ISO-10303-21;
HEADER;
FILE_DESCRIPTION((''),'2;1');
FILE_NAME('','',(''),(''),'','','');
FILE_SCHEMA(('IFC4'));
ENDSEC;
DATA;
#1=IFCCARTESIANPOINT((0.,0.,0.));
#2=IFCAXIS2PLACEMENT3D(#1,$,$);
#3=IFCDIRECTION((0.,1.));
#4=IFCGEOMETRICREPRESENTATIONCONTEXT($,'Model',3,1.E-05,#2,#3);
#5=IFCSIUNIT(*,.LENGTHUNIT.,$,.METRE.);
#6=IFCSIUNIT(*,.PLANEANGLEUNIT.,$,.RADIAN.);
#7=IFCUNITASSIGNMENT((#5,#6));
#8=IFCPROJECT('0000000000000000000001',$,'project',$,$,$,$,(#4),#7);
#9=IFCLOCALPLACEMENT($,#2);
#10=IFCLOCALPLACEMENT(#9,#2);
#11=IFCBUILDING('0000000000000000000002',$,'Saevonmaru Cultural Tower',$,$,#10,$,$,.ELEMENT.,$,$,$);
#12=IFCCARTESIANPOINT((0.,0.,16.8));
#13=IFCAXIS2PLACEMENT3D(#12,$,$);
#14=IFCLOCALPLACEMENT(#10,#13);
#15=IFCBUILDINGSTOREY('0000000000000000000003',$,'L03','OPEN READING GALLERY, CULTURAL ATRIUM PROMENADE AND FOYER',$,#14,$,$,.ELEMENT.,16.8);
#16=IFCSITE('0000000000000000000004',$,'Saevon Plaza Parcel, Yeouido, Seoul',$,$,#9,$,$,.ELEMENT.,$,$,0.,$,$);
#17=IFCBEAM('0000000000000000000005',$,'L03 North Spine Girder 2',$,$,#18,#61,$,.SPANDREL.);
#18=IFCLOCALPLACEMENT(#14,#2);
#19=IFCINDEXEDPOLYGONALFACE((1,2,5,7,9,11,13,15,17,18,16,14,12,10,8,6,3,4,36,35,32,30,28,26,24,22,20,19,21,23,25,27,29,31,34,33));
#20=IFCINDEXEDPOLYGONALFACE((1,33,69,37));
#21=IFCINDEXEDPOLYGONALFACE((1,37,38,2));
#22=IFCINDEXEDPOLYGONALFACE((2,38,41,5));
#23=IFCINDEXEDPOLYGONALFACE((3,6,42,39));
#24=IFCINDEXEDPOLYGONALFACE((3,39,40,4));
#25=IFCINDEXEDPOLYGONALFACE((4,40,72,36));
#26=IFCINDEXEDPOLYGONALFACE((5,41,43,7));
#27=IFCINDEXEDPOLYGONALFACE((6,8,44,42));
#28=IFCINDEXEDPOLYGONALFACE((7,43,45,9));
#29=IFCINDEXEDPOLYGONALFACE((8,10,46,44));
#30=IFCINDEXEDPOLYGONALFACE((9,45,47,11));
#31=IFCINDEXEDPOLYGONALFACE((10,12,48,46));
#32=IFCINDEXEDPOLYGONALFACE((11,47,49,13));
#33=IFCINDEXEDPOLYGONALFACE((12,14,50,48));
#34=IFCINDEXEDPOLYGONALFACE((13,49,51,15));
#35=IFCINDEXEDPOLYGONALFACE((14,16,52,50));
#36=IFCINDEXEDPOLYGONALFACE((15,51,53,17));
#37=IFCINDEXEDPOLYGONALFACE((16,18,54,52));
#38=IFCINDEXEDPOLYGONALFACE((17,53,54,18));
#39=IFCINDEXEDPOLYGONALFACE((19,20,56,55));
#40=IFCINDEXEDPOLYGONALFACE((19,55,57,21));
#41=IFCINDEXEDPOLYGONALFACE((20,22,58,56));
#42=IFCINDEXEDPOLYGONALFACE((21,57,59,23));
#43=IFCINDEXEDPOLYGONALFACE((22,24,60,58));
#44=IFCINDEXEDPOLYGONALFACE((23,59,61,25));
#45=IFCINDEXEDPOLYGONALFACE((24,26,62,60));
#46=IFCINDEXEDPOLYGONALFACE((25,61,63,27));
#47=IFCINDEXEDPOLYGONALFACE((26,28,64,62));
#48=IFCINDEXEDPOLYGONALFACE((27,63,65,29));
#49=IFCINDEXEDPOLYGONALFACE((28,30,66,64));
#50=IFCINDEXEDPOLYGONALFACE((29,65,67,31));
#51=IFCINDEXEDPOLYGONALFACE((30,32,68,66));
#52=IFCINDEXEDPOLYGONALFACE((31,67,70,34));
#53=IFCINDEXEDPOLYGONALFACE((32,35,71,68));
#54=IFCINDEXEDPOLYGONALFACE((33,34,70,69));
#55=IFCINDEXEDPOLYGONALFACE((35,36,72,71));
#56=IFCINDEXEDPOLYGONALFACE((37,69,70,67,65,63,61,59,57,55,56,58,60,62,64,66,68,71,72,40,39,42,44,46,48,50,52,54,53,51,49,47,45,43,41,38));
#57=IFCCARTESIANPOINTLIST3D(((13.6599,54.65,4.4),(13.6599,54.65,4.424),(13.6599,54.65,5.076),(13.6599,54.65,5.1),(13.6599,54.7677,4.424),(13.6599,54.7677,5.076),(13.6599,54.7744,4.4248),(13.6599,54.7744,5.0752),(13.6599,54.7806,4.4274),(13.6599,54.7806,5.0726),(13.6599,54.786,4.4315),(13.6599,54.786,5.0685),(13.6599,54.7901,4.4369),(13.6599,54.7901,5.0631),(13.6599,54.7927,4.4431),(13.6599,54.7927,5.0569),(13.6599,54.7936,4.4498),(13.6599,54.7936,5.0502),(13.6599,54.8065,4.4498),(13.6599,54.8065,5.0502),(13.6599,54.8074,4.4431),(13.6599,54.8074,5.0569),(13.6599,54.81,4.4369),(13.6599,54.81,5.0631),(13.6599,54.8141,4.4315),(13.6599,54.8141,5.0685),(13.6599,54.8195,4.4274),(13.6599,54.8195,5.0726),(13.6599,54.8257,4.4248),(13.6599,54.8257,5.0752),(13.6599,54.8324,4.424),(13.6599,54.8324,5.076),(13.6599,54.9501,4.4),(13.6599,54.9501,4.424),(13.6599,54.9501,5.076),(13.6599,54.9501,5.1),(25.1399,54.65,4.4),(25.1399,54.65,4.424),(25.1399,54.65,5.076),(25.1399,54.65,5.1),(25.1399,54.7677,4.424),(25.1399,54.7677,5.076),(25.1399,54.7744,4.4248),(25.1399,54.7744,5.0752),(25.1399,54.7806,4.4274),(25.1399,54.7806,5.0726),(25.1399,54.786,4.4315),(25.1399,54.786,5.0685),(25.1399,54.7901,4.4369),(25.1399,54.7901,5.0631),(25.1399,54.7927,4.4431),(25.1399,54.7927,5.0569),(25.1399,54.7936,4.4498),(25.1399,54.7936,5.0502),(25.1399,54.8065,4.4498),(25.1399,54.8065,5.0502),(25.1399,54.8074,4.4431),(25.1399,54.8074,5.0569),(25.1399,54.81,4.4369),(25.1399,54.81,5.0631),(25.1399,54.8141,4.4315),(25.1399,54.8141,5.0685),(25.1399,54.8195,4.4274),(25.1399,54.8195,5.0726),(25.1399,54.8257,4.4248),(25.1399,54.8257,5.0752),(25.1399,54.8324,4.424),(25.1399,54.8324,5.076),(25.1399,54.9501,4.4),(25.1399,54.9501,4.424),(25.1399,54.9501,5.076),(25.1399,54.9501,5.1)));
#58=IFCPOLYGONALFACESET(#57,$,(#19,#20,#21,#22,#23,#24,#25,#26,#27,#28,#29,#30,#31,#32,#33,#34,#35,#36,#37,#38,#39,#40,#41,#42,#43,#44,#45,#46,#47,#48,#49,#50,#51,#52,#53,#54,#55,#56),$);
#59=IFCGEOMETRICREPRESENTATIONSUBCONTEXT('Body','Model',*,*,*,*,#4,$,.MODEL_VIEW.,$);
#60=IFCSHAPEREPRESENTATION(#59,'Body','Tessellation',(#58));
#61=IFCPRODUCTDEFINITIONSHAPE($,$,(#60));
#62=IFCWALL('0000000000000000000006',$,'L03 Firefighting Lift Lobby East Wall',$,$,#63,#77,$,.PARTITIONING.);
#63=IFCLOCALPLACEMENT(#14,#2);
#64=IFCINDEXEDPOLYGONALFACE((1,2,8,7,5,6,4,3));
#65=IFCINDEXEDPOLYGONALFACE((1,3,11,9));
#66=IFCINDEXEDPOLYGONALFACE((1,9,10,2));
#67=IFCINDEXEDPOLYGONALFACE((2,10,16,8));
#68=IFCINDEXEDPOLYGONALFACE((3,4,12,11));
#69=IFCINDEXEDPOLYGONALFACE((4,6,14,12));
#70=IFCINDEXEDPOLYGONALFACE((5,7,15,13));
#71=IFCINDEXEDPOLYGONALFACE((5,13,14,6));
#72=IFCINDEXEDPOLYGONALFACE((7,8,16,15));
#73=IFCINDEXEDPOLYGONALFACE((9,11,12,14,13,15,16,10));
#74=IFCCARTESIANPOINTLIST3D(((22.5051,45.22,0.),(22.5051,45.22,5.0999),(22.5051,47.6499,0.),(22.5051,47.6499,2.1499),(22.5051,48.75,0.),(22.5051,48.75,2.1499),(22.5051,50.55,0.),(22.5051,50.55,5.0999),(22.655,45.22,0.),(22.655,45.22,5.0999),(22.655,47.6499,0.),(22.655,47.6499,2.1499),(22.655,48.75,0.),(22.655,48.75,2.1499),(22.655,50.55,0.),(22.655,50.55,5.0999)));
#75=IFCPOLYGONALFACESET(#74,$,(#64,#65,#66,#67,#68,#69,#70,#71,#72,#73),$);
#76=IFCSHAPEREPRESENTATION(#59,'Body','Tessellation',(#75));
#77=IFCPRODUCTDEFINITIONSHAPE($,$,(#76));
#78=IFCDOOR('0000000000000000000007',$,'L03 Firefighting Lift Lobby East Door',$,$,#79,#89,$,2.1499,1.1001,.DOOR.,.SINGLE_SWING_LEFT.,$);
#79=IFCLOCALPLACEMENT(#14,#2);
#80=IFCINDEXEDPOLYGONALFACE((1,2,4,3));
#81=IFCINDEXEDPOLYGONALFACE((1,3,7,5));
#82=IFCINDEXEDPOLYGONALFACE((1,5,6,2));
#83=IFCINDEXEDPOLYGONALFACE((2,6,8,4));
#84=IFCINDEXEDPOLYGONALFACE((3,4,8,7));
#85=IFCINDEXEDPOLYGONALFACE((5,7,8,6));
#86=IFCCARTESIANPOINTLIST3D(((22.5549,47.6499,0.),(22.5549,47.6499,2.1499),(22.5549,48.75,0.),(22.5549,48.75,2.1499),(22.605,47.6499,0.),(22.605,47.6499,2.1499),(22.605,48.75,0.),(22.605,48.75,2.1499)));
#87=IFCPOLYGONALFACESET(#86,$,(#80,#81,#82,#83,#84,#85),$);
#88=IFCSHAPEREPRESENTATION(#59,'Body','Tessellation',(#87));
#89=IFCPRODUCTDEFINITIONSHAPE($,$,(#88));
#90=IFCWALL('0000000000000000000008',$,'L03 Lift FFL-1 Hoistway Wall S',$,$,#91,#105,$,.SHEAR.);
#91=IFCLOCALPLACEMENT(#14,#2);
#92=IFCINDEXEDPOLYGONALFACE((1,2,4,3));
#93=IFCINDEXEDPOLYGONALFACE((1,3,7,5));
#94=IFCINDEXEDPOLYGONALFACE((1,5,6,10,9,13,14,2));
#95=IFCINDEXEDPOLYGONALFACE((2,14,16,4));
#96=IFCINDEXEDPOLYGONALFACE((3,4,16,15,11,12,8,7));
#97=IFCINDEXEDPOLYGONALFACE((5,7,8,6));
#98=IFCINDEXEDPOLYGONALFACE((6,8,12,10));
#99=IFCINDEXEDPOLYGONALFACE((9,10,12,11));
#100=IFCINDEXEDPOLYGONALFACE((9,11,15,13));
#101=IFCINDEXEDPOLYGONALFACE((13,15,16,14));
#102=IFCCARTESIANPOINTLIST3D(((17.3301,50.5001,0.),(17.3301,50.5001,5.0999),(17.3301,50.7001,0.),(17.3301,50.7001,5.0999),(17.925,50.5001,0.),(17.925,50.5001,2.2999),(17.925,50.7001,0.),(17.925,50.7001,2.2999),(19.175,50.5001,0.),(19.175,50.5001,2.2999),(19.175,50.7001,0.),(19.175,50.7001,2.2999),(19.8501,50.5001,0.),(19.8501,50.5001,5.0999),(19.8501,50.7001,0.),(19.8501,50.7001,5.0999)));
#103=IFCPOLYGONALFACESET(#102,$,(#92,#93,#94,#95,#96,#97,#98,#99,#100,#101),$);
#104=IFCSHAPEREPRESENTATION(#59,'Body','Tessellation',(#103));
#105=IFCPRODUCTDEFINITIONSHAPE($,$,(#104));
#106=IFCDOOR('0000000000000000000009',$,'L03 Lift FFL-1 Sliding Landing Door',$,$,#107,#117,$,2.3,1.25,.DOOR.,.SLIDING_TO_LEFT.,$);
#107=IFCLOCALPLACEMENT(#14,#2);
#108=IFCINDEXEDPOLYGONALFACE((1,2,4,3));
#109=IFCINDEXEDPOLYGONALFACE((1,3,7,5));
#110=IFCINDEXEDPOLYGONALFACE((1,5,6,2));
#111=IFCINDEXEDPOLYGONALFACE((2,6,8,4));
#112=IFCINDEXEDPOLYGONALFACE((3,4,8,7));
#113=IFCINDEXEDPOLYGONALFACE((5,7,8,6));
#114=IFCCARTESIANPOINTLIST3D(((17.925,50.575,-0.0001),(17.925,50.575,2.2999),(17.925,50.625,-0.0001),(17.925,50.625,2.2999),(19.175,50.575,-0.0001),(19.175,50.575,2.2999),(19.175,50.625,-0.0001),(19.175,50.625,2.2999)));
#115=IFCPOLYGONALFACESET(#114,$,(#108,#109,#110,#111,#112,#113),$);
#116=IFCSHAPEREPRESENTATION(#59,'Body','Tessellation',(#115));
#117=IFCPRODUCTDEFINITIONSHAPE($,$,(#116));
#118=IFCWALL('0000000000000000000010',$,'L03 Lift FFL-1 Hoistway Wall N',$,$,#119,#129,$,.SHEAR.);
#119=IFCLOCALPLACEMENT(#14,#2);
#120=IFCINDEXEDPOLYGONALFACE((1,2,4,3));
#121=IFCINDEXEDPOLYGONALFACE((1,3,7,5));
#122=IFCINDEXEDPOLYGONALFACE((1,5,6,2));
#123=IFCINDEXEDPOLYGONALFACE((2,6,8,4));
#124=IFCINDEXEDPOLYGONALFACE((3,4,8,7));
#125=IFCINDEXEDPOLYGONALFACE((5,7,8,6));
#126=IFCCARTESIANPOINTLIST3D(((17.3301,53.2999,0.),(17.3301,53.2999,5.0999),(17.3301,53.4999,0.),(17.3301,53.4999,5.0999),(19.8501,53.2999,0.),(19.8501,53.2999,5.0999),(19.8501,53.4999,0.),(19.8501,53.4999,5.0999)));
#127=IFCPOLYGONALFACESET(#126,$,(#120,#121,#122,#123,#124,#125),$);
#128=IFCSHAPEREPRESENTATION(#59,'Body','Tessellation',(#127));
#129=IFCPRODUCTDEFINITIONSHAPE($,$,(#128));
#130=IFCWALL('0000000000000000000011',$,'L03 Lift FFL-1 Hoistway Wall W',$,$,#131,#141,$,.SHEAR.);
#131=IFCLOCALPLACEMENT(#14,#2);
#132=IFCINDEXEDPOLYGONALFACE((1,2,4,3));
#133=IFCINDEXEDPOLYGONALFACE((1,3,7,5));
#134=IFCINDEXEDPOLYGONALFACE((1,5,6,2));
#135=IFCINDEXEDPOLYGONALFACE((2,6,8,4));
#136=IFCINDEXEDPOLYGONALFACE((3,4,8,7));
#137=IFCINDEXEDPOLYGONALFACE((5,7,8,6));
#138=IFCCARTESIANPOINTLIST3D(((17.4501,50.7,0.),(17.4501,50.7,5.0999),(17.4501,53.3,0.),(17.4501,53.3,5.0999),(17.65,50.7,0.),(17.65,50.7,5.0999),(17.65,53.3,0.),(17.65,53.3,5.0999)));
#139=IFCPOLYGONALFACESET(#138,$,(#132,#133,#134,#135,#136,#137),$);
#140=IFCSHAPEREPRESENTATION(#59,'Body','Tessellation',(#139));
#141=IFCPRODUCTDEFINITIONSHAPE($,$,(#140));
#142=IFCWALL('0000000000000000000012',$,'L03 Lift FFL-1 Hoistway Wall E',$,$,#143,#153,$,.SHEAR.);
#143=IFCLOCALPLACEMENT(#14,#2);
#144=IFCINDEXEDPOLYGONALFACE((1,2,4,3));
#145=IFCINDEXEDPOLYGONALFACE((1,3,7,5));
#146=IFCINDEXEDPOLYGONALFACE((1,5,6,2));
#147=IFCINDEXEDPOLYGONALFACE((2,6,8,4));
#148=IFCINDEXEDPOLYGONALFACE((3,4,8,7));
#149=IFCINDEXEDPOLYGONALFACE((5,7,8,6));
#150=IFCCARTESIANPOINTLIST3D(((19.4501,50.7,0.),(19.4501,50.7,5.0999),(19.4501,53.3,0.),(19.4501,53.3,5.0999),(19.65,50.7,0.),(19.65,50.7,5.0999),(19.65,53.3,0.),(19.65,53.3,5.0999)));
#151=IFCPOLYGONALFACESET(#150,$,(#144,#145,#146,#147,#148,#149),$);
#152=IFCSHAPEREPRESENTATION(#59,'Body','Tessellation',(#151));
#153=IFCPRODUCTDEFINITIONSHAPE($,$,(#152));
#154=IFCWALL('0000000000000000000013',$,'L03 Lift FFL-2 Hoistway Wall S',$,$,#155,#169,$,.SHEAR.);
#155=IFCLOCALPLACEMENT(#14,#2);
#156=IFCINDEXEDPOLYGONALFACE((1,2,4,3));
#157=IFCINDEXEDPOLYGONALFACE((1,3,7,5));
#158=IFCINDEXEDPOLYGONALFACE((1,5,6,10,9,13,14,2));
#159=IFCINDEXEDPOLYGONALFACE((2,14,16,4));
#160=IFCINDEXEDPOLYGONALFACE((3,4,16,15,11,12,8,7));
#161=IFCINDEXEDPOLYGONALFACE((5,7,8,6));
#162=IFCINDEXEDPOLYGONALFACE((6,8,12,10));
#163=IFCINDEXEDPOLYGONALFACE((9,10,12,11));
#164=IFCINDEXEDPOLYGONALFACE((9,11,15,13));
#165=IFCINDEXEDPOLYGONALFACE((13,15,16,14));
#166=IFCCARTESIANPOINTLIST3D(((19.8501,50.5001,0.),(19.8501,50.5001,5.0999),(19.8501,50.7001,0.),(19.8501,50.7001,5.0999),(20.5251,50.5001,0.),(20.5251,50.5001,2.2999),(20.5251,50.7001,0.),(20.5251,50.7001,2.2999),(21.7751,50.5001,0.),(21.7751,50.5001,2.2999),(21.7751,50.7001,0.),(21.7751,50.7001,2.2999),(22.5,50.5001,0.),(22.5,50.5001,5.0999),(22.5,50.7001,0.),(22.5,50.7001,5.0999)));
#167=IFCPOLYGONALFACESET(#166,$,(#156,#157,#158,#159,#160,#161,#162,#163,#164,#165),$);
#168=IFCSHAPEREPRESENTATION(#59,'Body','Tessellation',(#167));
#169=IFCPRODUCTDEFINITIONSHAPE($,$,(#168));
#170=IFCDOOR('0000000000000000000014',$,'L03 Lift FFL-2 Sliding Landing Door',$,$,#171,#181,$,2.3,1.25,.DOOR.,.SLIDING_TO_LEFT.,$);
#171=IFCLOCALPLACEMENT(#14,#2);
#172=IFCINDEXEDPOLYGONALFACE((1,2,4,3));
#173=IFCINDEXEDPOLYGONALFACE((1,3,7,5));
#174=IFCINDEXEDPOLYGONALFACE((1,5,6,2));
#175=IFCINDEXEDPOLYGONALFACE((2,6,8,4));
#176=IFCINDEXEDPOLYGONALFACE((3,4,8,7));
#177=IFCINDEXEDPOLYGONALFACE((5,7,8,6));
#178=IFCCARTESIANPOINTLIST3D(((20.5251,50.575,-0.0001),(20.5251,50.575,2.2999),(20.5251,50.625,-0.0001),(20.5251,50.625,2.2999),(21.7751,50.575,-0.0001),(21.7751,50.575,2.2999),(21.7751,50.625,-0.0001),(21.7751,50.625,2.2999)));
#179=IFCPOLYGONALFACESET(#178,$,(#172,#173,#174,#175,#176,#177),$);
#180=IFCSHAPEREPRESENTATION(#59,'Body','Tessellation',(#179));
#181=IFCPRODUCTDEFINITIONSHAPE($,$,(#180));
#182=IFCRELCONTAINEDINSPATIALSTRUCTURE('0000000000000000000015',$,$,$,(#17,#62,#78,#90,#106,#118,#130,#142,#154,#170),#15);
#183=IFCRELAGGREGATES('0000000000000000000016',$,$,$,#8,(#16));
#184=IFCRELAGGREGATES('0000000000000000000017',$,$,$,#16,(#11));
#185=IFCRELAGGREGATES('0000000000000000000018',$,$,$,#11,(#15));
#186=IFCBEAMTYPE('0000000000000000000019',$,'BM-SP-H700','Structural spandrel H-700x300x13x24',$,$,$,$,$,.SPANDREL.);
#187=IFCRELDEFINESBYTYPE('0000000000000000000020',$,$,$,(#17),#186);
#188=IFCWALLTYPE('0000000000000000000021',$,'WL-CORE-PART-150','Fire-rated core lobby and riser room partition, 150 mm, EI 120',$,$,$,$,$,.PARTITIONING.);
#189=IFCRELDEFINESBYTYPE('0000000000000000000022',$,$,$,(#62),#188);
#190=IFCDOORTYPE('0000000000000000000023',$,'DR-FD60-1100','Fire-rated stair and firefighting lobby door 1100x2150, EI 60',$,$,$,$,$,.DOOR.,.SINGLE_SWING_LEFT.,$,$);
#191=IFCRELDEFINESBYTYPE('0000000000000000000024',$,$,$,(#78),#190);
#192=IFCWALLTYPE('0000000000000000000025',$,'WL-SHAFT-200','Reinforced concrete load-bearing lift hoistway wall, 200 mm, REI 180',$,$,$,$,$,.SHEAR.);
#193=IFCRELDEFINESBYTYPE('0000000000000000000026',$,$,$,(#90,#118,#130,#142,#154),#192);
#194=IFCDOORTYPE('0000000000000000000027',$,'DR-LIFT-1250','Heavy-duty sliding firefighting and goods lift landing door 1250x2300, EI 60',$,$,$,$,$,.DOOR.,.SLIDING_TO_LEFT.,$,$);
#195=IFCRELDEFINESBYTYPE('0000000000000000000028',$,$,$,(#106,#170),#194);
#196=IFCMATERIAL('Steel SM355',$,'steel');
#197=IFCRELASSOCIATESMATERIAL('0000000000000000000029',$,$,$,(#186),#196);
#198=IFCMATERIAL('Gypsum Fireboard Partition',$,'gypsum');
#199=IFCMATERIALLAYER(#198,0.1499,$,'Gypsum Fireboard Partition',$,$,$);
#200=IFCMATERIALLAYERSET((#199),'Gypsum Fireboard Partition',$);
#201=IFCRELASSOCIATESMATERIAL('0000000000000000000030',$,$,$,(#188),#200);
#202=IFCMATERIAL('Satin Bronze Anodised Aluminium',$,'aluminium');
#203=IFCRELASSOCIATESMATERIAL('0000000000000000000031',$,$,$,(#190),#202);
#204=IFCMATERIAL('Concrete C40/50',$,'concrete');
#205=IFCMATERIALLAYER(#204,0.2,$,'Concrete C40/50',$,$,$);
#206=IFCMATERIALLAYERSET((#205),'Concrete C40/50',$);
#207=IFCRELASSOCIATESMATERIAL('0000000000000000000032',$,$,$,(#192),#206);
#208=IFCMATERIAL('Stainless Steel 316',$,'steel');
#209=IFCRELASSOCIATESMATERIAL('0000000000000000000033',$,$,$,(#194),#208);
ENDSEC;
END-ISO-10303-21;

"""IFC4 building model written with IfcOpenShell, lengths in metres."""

from ifc_helpers import new_model, si_unit, direction, frame, frame_2d, origin, origin_2d, place, context, subcontext, project, spatial, rectangle, i_section, extrude, material, layer, layer_set, material_profile, profile_set, type_object, element, fill, save


model = new_model("IFC4")

# Units and contexts
model_context = context("Model", 3, precision=1e-05, world=origin(), true_north=direction((0.0, 1.0)))
body_context = subcontext(model_context, "Body", "Model", "MODEL_VIEW")
ifc_project = project(units=[si_unit("LENGTHUNIT", "METRE"), si_unit("PLANEANGLEUNIT", "RADIAN")], contexts=[model_context])

# Site, building, storey
site_placement = place(None, origin())
site = spatial("IfcSite", under=ifc_project, at=site_placement, Name="Saevon Plaza Parcel, Yeouido, Seoul", CompositionType="ELEMENT", RefElevation=0.0)
building_placement = place(site_placement, origin())
building = spatial("IfcBuilding", under=site, at=building_placement, Name="Saevonmaru Cultural Tower", CompositionType="ELEMENT")
storey_placement = place(building_placement, frame((0.0, 0.0, 16.8)))
storey = spatial("IfcBuildingStorey", under=building, at=storey_placement, Name="L03", Description="OPEN READING GALLERY, CULTURAL ATRIUM PROMENADE AND FOYER", CompositionType="ELEMENT", Elevation=16.8)

# Beam
ifc_material_1 = material(Name="Steel SM355", Category="steel")
ifc_material_profile = material_profile(ifc_material_1, i_section(OverallWidth=0.3, OverallDepth=0.7, WebThickness=0.0129, FlangeThickness=0.0239, FilletRadius=0.0259, at=origin_2d()), Name="H-700x300x13x24")
ifc_profile_set = profile_set([ifc_material_profile], Name="Steel SM355")
beam_type = type_object("IfcBeamType", Name="BM-SP-H700", Description="Structural spandrel H-700x300x13x24", PredefinedType="SPANDREL", material=ifc_profile_set)
beam_placement = place(storey_placement, frame((13.6599, 54.8, 4.75), z_axis=(1.0, 0.0, 0.0), x_axis=(0.0, 1.0, 0.0)))
element("IfcBeam", 1, at=beam_placement, inside=storey, type_object=beam_type, Name="L03 North Spine Girder 2", PredefinedType="SPANDREL", context=body_context, shape_type="SweptSolid", body=[
    extrude(i_section(OverallWidth=0.3, OverallDepth=0.7, WebThickness=0.0129, FlangeThickness=0.0239, FilletRadius=0.0259, at=origin_2d()), origin(), (0.0, 0.0, 1.0), 11.48),
])

# Walls, openings, doors
ifc_material_2 = material(Name="Gypsum Fireboard Partition", Category="gypsum")
ifc_layer_1 = layer(ifc_material_2, 0.1499, Name="Gypsum Fireboard Partition")
ifc_layer_set_1 = layer_set([ifc_layer_1], Name="Gypsum Fireboard Partition")
wall_type_1 = type_object("IfcWallType", Name="WL-CORE-PART-150", Description="Fire-rated core lobby and riser room partition, 150 mm, EI 120", PredefinedType="PARTITIONING", material=ifc_layer_set_1)
wall_1_placement = place(storey_placement, frame((22.5801, 50.55, 0.0), z_axis=(0.0, 0.0, 1.0), x_axis=(0.0, -1.0, 0.0)))
wall_1 = element("IfcWall", 2, at=wall_1_placement, inside=storey, type_object=wall_type_1, Name="L03 Firefighting Lift Lobby East Wall", PredefinedType="PARTITIONING", context=body_context, shape_type="SweptSolid", body=[
    extrude(rectangle(XDim=5.3301, YDim=0.1499, at=frame_2d((2.665, 0.0))), origin(), (0.0, 0.0, 1.0), 5.0999),
])
opening_1_placement = place(wall_1_placement, frame((1.8, 0.0, 0.0)))
opening_1 = element("IfcOpeningElement", 3, at=opening_1_placement, cuts=wall_1, PredefinedType="OPENING", context=body_context, shape_type="SweptSolid", body=[
    extrude(rectangle(XDim=1.1001, YDim=2.1499, at=frame_2d((0.55, 1.075))), frame((0.0, 0.085, 0.0), z_axis=(0.0, -1.0, 0.0), x_axis=(1.0, 0.0, 0.0)), (0.0, 0.0, 1.0), 0.1699),
])
ifc_material_3 = material(Name="Satin Bronze Anodised Aluminium", Category="aluminium")
door_type_1 = type_object("IfcDoorType", Name="DR-FD60-1100", Description="Fire-rated stair and firefighting lobby door 1100x2150, EI 60", OperationType="SINGLE_SWING_LEFT", PredefinedType="DOOR", material=ifc_material_3)
door_1_placement = place(opening_1_placement, origin())
door_1 = element("IfcDoor", 4, at=door_1_placement, inside=storey, type_object=door_type_1, Name="L03 Firefighting Lift Lobby East Door", OperationType="SINGLE_SWING_LEFT", OverallHeight=2.1499, OverallWidth=1.1001, PredefinedType="DOOR", context=body_context, shape_type="SweptSolid", body=[
    extrude(rectangle(XDim=1.1001, YDim=2.1499, at=frame_2d((0.55, 1.075))), frame((0.0, 0.0249, 0.0), z_axis=(0.0, -1.0, 0.0), x_axis=(1.0, 0.0, 0.0)), (0.0, 0.0, 1.0), 0.05),
])
fill(opening_1, door_1)
ifc_material_4 = material(Name="Concrete C40/50", Category="concrete")
ifc_layer_2 = layer(ifc_material_4, 0.2, Name="Concrete C40/50")
ifc_layer_set_2 = layer_set([ifc_layer_2], Name="Concrete C40/50")
wall_type_2 = type_object("IfcWallType", Name="WL-SHAFT-200", Description="Reinforced concrete load-bearing lift hoistway wall, 200 mm, REI 180", PredefinedType="SHEAR", material=ifc_layer_set_2)
wall_2_placement = place(storey_placement, frame((17.3301, 50.6001, 0.0), z_axis=(0.0, 0.0, 1.0), x_axis=(1.0, 0.0, 0.0)))
wall_2 = element("IfcWall", 5, at=wall_2_placement, inside=storey, type_object=wall_type_2, Name="L03 Lift FFL-1 Hoistway Wall S", PredefinedType="SHEAR", context=body_context, shape_type="SweptSolid", body=[
    extrude(rectangle(XDim=2.52, YDim=0.2, at=frame_2d((1.26, 0.0))), origin(), (0.0, 0.0, 1.0), 5.0999),
])
opening_2_placement = place(wall_2_placement, frame((0.595, 0.0, 0.0)))
opening_2 = element("IfcOpeningElement", 6, at=opening_2_placement, cuts=wall_2, PredefinedType="OPENING", context=body_context, shape_type="SweptSolid", body=[
    extrude(rectangle(XDim=1.25, YDim=2.3, at=frame_2d((0.625, 1.1499))), frame((0.0, 0.1099, 0.0), z_axis=(0.0, -1.0, 0.0), x_axis=(1.0, 0.0, 0.0)), (0.0, 0.0, 1.0), 0.22),
])
ifc_material_5 = material(Name="Stainless Steel 316", Category="steel")
door_type_2 = type_object("IfcDoorType", Name="DR-LIFT-1250", Description="Heavy-duty sliding firefighting and goods lift landing door 1250x2300, EI 60", OperationType="SLIDING_TO_LEFT", PredefinedType="DOOR", material=ifc_material_5)
door_2_placement = place(opening_2_placement, origin())
door_2 = element("IfcDoor", 7, at=door_2_placement, inside=storey, type_object=door_type_2, Name="L03 Lift FFL-1 Sliding Landing Door", OperationType="SLIDING_TO_LEFT", OverallHeight=2.3, OverallWidth=1.25, PredefinedType="DOOR", context=body_context, shape_type="SweptSolid", body=[
    extrude(rectangle(XDim=1.25, YDim=2.3, at=frame_2d((0.625, 1.1499))), frame((0.0, 0.0249, 0.0), z_axis=(0.0, -1.0, 0.0), x_axis=(1.0, 0.0, 0.0)), (0.0, 0.0, 1.0), 0.05),
])
fill(opening_2, door_2)

# Walls
wall_3_placement = place(storey_placement, frame((17.3301, 53.3999, 0.0), z_axis=(0.0, 0.0, 1.0), x_axis=(1.0, 0.0, 0.0)))
element("IfcWall", 8, at=wall_3_placement, inside=storey, type_object=wall_type_2, Name="L03 Lift FFL-1 Hoistway Wall N", PredefinedType="SHEAR", context=body_context, shape_type="SweptSolid", body=[
    extrude(rectangle(XDim=2.52, YDim=0.2, at=frame_2d((1.26, 0.0))), origin(), (0.0, 0.0, 1.0), 5.0999),
])
for number, where, z_axis, x_axis, name in (
    (9, (17.55, 50.7, 0.0), (0.0, 0.0, 1.0), (0.0, 1.0, 0.0), "L03 Lift FFL-1 Hoistway Wall W"),
    (10, (19.55, 50.7, 0.0), (0.0, 0.0, 1.0), (0.0, 1.0, 0.0), "L03 Lift FFL-1 Hoistway Wall E"),
):
    element("IfcWall", number, at=place(storey_placement, frame(where, z_axis=z_axis, x_axis=x_axis)), inside=storey, type_object=wall_type_2, Name=name, PredefinedType="SHEAR", context=body_context, shape_type="SweptSolid", body=[
        extrude(rectangle(XDim=2.6001, YDim=0.2, at=frame_2d((1.3, 0.0))), origin(), (0.0, 0.0, 1.0), 5.0999),
    ])

# Wall, opening, door
wall_4_placement = place(storey_placement, frame((19.8501, 50.6001, 0.0), z_axis=(0.0, 0.0, 1.0), x_axis=(1.0, 0.0, 0.0)))
wall_4 = element("IfcWall", 11, at=wall_4_placement, inside=storey, type_object=wall_type_2, Name="L03 Lift FFL-2 Hoistway Wall S", PredefinedType="SHEAR", context=body_context, shape_type="SweptSolid", body=[
    extrude(rectangle(XDim=2.6499, YDim=0.2, at=frame_2d((1.325, 0.0))), origin(), (0.0, 0.0, 1.0), 5.0999),
])
opening_3_placement = place(wall_4_placement, frame((0.675, 0.0, 0.0)))
opening_3 = element("IfcOpeningElement", 12, at=opening_3_placement, cuts=wall_4, PredefinedType="OPENING", context=body_context, shape_type="SweptSolid", body=[
    extrude(rectangle(XDim=1.25, YDim=2.3, at=frame_2d((0.625, 1.1499))), frame((0.0, 0.1099, 0.0), z_axis=(0.0, -1.0, 0.0), x_axis=(1.0, 0.0, 0.0)), (0.0, 0.0, 1.0), 0.22),
])
door_3_placement = place(opening_3_placement, origin())
door_3 = element("IfcDoor", 13, at=door_3_placement, inside=storey, type_object=door_type_2, Name="L03 Lift FFL-2 Sliding Landing Door", OperationType="SLIDING_TO_LEFT", OverallHeight=2.3, OverallWidth=1.25, PredefinedType="DOOR", context=body_context, shape_type="SweptSolid", body=[
    extrude(rectangle(XDim=1.25, YDim=2.3, at=frame_2d((0.625, 1.1499))), frame((0.0, 0.0249, 0.0), z_axis=(0.0, -1.0, 0.0), x_axis=(1.0, 0.0, 0.0)), (0.0, 0.0, 1.0), 0.05),
])
fill(opening_3, door_3)

save(model, "model.ifc")
